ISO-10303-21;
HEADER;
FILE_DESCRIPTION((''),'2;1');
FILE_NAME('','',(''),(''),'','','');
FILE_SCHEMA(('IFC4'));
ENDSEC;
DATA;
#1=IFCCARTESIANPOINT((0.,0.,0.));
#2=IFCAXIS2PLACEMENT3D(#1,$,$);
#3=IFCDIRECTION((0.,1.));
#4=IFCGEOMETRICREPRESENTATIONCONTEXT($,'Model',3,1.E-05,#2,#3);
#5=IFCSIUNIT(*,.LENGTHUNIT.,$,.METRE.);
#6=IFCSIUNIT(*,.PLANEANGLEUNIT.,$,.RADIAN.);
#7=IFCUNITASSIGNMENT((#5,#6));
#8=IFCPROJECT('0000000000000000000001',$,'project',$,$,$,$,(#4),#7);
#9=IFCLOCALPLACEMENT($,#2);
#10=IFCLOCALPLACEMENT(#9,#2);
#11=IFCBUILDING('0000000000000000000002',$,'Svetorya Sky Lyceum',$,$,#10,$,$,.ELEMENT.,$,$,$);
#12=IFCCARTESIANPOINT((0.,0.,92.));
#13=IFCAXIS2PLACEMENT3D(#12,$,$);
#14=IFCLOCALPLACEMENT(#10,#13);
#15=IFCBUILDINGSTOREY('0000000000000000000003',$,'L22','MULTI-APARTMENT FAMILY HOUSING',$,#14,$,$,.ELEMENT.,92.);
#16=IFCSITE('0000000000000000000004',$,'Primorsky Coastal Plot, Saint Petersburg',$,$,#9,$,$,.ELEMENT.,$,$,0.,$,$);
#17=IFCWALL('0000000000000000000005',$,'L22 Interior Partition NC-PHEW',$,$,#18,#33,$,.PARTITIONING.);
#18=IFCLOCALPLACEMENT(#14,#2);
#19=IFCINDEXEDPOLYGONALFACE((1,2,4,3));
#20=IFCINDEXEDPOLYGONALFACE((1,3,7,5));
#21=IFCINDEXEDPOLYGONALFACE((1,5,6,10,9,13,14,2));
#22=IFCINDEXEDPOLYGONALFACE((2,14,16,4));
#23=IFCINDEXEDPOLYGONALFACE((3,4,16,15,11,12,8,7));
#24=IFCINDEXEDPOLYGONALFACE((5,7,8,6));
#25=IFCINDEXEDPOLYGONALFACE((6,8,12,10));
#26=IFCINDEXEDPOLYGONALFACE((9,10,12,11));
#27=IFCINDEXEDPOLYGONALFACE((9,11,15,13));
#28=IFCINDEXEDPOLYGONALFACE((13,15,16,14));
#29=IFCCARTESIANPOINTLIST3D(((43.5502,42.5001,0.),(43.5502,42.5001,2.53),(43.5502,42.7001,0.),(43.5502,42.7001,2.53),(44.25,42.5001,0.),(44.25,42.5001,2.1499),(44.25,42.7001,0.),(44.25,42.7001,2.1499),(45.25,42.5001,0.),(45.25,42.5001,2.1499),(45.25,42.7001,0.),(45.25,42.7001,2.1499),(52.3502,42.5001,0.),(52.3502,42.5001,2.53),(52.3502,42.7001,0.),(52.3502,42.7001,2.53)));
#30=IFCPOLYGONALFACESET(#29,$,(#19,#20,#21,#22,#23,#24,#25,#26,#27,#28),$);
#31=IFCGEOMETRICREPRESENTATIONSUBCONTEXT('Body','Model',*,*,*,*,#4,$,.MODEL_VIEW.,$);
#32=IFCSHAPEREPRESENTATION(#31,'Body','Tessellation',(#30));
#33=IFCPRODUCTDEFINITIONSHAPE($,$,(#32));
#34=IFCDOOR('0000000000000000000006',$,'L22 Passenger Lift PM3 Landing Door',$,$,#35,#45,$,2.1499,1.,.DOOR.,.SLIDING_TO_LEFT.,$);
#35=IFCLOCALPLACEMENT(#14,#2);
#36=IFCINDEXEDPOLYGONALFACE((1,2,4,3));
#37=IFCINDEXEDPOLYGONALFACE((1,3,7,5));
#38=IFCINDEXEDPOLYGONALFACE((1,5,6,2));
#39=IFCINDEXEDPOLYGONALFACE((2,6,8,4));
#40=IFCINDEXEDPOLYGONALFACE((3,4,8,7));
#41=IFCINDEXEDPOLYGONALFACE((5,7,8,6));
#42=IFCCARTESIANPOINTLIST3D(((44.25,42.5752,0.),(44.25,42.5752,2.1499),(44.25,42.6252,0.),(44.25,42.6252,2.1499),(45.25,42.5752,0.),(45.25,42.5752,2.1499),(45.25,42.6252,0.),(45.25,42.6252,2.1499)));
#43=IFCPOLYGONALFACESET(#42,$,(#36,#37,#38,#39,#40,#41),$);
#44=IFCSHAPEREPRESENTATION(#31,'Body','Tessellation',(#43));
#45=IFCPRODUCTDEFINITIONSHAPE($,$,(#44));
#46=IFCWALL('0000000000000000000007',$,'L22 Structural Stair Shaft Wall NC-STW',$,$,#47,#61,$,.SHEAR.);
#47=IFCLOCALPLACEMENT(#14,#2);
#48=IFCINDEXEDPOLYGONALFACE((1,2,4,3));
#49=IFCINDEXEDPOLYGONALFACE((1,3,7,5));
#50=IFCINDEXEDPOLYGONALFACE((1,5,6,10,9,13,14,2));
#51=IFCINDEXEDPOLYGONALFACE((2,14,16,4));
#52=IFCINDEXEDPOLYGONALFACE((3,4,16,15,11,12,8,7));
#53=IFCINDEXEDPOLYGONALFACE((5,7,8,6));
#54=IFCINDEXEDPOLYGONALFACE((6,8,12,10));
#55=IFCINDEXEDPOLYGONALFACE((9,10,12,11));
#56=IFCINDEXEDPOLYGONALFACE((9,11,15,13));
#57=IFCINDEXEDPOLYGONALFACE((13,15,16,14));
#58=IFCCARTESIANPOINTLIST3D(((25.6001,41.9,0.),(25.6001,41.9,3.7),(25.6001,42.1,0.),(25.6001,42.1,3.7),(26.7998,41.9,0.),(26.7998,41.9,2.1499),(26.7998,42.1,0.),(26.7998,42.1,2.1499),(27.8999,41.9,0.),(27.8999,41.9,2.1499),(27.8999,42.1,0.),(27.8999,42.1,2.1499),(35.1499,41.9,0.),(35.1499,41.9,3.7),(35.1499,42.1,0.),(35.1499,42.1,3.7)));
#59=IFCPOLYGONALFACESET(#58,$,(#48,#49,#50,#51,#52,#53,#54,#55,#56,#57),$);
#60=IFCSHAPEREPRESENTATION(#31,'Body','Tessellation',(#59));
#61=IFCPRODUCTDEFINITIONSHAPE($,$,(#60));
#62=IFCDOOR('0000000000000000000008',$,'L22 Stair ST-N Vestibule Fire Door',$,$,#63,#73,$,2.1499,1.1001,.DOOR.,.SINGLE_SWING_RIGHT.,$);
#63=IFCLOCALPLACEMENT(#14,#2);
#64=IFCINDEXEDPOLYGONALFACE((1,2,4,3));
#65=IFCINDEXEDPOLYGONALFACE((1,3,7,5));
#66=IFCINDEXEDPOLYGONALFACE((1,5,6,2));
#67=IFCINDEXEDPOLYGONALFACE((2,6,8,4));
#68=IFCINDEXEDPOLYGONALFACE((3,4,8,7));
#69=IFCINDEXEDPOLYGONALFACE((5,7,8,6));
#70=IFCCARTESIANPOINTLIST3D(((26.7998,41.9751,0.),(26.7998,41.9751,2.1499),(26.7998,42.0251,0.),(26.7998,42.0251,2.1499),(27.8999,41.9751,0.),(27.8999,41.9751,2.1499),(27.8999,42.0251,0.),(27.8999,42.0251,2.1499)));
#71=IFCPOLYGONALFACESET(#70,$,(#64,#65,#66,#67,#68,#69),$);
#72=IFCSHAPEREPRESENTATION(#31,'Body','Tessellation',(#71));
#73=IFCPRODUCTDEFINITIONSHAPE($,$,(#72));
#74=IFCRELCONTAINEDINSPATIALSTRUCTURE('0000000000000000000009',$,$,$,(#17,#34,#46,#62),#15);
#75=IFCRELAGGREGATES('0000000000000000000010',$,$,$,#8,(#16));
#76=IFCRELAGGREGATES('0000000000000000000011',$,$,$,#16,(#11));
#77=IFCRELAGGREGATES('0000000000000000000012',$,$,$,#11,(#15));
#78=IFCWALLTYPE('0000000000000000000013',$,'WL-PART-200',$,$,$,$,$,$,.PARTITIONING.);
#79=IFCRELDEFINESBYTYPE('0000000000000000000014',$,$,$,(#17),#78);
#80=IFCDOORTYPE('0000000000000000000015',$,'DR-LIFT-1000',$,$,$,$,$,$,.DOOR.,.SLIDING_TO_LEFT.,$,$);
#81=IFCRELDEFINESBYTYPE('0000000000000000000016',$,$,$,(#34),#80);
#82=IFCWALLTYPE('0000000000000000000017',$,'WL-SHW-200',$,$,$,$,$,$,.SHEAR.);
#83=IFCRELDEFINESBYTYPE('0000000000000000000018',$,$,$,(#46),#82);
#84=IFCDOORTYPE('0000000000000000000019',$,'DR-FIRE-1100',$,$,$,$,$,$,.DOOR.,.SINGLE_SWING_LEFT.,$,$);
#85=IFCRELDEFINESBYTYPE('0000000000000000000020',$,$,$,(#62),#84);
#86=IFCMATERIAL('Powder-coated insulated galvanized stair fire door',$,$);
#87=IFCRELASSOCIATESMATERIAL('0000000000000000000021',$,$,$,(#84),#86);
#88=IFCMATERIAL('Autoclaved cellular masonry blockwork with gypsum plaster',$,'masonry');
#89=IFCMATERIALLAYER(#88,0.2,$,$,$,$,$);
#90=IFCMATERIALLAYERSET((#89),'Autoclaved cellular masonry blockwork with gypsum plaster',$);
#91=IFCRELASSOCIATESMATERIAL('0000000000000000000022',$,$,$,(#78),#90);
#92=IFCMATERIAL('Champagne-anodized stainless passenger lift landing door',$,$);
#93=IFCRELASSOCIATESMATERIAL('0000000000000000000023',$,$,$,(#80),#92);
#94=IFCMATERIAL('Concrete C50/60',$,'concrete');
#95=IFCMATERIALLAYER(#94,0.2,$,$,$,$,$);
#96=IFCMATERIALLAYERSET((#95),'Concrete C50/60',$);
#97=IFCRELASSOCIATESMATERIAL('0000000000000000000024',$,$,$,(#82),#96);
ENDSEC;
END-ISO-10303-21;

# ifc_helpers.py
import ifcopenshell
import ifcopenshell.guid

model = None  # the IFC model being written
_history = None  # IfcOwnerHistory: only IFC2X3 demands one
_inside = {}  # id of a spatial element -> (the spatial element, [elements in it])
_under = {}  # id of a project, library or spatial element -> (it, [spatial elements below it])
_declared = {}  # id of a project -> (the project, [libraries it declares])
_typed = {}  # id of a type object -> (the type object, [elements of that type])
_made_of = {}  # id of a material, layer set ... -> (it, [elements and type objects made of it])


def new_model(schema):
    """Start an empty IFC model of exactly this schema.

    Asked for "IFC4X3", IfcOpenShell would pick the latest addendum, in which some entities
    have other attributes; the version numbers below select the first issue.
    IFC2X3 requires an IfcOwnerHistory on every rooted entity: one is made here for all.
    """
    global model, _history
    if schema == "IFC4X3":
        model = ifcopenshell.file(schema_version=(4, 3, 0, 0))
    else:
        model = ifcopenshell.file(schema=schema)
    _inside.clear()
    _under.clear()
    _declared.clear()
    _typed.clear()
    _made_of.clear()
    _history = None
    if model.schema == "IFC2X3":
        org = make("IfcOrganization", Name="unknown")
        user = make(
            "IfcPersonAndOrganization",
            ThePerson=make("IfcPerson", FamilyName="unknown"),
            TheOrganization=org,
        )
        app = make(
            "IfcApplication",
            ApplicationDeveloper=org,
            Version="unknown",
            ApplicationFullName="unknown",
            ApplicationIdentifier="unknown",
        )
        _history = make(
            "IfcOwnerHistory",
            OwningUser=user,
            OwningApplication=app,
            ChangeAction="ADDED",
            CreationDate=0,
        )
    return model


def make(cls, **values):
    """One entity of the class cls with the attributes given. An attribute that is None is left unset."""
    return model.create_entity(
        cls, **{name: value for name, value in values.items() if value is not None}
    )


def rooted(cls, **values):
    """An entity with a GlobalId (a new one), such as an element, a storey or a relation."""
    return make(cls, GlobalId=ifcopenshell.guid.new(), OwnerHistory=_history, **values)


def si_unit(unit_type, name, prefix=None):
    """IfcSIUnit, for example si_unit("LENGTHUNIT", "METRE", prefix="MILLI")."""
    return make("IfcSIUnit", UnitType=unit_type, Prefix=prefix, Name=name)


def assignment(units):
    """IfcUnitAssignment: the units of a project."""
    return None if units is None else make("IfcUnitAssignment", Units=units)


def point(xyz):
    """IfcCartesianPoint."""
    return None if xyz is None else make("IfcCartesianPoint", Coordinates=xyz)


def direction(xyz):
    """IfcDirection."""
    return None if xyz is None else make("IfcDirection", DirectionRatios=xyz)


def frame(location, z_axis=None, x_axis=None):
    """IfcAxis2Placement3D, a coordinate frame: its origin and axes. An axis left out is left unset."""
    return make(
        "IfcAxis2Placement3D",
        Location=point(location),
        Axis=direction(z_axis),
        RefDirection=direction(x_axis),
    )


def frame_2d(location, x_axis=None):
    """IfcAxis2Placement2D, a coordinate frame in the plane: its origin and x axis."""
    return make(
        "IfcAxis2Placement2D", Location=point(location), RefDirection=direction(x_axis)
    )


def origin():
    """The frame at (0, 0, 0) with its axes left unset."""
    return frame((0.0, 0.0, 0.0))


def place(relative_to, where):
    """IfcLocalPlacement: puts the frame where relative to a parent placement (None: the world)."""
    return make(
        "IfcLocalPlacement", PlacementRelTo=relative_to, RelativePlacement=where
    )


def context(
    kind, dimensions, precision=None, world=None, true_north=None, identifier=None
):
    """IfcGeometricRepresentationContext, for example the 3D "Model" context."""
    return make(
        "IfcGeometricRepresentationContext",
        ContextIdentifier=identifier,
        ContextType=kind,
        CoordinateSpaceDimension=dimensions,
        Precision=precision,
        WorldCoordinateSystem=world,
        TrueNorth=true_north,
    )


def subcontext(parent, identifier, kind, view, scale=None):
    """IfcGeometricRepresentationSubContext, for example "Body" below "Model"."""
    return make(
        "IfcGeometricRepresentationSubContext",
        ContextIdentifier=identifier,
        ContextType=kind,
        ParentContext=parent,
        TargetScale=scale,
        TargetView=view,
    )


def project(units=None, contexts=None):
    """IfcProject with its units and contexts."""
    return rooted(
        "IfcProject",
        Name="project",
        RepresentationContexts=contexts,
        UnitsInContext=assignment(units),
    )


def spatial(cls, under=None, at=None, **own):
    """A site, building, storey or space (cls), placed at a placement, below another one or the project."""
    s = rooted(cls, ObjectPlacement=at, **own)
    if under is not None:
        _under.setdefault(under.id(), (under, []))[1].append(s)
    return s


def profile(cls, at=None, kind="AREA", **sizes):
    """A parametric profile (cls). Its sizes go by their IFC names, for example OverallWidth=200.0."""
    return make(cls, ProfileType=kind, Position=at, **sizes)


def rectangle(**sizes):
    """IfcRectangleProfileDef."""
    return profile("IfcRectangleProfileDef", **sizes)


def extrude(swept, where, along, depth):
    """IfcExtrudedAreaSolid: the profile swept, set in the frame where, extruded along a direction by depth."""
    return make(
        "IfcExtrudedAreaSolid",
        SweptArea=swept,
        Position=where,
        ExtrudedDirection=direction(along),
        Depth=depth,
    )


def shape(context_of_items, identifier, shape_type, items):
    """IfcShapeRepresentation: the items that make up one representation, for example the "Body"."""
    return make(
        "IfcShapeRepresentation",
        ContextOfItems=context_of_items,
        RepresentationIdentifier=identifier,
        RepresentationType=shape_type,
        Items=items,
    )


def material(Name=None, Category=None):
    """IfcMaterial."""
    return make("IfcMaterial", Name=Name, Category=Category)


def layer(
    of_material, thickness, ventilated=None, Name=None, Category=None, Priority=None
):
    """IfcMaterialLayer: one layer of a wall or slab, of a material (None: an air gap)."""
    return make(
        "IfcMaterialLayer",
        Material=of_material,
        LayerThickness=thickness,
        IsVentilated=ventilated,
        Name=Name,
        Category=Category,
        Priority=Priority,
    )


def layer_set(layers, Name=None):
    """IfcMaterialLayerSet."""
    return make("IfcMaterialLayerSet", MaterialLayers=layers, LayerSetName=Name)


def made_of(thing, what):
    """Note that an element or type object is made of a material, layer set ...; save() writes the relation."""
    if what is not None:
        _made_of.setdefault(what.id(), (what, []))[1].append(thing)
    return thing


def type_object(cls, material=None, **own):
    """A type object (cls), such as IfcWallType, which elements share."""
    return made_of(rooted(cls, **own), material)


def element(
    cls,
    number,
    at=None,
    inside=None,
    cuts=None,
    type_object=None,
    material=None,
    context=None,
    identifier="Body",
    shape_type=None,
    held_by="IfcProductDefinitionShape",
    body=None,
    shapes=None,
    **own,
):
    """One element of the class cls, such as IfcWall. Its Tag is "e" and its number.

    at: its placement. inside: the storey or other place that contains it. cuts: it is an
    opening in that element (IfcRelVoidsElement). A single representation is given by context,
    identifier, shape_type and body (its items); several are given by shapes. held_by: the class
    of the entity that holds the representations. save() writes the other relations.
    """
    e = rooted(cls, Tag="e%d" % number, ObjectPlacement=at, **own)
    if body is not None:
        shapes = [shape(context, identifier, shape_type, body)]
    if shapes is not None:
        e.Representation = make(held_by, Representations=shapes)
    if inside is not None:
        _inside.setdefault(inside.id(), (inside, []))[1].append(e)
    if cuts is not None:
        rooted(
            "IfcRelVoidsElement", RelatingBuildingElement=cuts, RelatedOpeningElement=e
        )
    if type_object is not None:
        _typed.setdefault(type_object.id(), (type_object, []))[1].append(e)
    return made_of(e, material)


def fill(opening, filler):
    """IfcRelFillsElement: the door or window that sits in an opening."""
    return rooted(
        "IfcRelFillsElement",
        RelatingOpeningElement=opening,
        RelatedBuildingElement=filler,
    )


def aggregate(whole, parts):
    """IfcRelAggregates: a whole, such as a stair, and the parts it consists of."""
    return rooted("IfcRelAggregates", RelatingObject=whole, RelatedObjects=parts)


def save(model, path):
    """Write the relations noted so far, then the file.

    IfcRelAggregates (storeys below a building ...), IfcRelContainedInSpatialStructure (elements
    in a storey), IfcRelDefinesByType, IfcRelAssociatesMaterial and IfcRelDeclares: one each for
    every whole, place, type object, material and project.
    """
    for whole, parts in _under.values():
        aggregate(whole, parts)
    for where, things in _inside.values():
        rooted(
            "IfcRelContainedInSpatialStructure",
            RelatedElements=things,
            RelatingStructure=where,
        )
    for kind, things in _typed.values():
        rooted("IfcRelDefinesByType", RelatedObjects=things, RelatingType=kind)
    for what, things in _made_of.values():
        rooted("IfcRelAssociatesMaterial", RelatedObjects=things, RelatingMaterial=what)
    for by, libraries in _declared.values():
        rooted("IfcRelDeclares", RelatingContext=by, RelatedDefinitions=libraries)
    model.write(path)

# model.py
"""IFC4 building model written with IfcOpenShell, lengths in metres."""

from ifc_helpers import new_model, si_unit, direction, frame, frame_2d, origin, place, context, subcontext, project, spatial, rectangle, extrude, material, layer, layer_set, type_object, element, fill, save


model = new_model("IFC4")

# Units and contexts
model_context = context("Model", 3, precision=1e-05, world=origin(), true_north=direction((0.0, 1.0)))
body_context = subcontext(model_context, "Body", "Model", "MODEL_VIEW")
ifc_project = project(units=[si_unit("LENGTHUNIT", "METRE"), si_unit("PLANEANGLEUNIT", "RADIAN")], contexts=[model_context])

# Site, building, storey
site_placement = place(None, origin())
site = spatial("IfcSite", under=ifc_project, at=site_placement, Name="Primorsky Coastal Plot, Saint Petersburg", CompositionType="ELEMENT", RefElevation=0.0)
building_placement = place(site_placement, origin())
building = spatial("IfcBuilding", under=site, at=building_placement, Name="Svetorya Sky Lyceum", CompositionType="ELEMENT")
storey_placement = place(building_placement, frame((0.0, 0.0, 92.0)))
storey = spatial("IfcBuildingStorey", under=building, at=storey_placement, Name="L22", Description="MULTI-APARTMENT FAMILY HOUSING", CompositionType="ELEMENT", Elevation=92.0)

# Shared definitions
ifc_material_1 = material(Name="Concrete C50/60", Category="concrete")

# Shared definitions
ifc_material_2 = material(Name="Powder-coated insulated galvanized stair fire door")
door_type_1 = type_object("IfcDoorType", Name="DR-FIRE-1100", OperationType="SINGLE_SWING_LEFT", PredefinedType="DOOR", material=ifc_material_2)

# Shared definitions
ifc_material_3 = material(Name="Autoclaved cellular masonry blockwork with gypsum plaster", Category="masonry")
ifc_layer_1 = layer(ifc_material_3, 0.2)
ifc_layer_set_1 = layer_set([ifc_layer_1], Name="Autoclaved cellular masonry blockwork with gypsum plaster")
wall_type_1 = type_object("IfcWallType", Name="WL-PART-200", PredefinedType="PARTITIONING", material=ifc_layer_set_1)

# Shared definitions
ifc_material_4 = material(Name="Champagne-anodized stainless passenger lift landing door")
door_type_2 = type_object("IfcDoorType", Name="DR-LIFT-1000", OperationType="SLIDING_TO_LEFT", PredefinedType="DOOR", material=ifc_material_4)

# Walls, openings, doors
wall_1_placement = place(storey_placement, frame((52.3501, 42.6001, 0.0), z_axis=(0.0, 0.0, 1.0), x_axis=(-1.0, 0.0, 0.0)))
wall_1 = element("IfcWall", 1, at=wall_1_placement, inside=storey, type_object=wall_type_1, Name="L22 Interior Partition NC-PHEW", PredefinedType="PARTITIONING", context=body_context, shape_type="SweptSolid", body=[
    extrude(rectangle(XDim=8.8, YDim=0.2, at=frame_2d((4.3999, 0.0))), origin(), (0.0, 0.0, 1.0), 2.53),
])
opening_1_placement = place(wall_1_placement, frame((7.1001, 0.0, 0.0)))
opening_1 = element("IfcOpeningElement", 2, at=opening_1_placement, cuts=wall_1, PredefinedType="OPENING", context=body_context, shape_type="SweptSolid", body=[
    extrude(rectangle(XDim=1.0, YDim=2.1499, at=frame_2d((0.5, 1.075))), frame((0.0, 0.1099, 0.0), z_axis=(0.0, -1.0, 0.0), x_axis=(1.0, 0.0, 0.0)), (0.0, 0.0, 1.0), 0.22),
])
door_1_placement = place(opening_1_placement, origin())
door_1 = element("IfcDoor", 3, at=door_1_placement, inside=storey, type_object=door_type_2, Name="L22 Passenger Lift PM3 Landing Door", OperationType="SLIDING_TO_LEFT", OverallHeight=2.1499, OverallWidth=1.0, PredefinedType="DOOR", context=body_context, shape_type="SweptSolid", body=[
    extrude(rectangle(XDim=1.0, YDim=2.1499, at=frame_2d((0.5, 1.075))), frame((0.0, 0.0249, 0.0), z_axis=(0.0, -1.0, 0.0), x_axis=(1.0, 0.0, 0.0)), (0.0, 0.0, 1.0), 0.05),
])
fill(opening_1, door_1)
ifc_layer_2 = layer(ifc_material_1, 0.2)
ifc_layer_set_2 = layer_set([ifc_layer_2], Name="Concrete C50/60")
wall_type_2 = type_object("IfcWallType", Name="WL-SHW-200", PredefinedType="SHEAR", material=ifc_layer_set_2)
wall_2_placement = place(storey_placement, frame((35.1499, 42.0, 0.0), z_axis=(0.0, 0.0, 1.0), x_axis=(-1.0, 0.0, 0.0)))
wall_2 = element("IfcWall", 4, at=wall_2_placement, inside=storey, type_object=wall_type_2, Name="L22 Structural Stair Shaft Wall NC-STW", PredefinedType="SHEAR", context=body_context, shape_type="SweptSolid", body=[
    extrude(rectangle(XDim=9.5498, YDim=0.2, at=frame_2d((4.7749, 0.0))), origin(), (0.0, 0.0, 1.0), 3.7),
])
opening_2_placement = place(wall_2_placement, frame((7.25, 0.0, 0.0)))
opening_2 = element("IfcOpeningElement", 5, at=opening_2_placement, cuts=wall_2, PredefinedType="OPENING", context=body_context, shape_type="SweptSolid", body=[
    extrude(rectangle(XDim=1.1001, YDim=2.1499, at=frame_2d((0.55, 1.075))), frame((0.0, 0.1099, 0.0), z_axis=(0.0, -1.0, 0.0), x_axis=(1.0, 0.0, 0.0)), (0.0, 0.0, 1.0), 0.22),
])
door_2_placement = place(opening_2_placement, origin())
door_2 = element("IfcDoor", 6, at=door_2_placement, inside=storey, type_object=door_type_1, Name="L22 Stair ST-N Vestibule Fire Door", OperationType="SINGLE_SWING_RIGHT", OverallHeight=2.1499, OverallWidth=1.1001, PredefinedType="DOOR", context=body_context, shape_type="SweptSolid", body=[
    extrude(rectangle(XDim=1.1001, YDim=2.1499, at=frame_2d((0.55, 1.075))), frame((0.0, 0.0249, 0.0), z_axis=(0.0, -1.0, 0.0), x_axis=(1.0, 0.0, 0.0)), (0.0, 0.0, 1.0), 0.05),
])
fill(opening_2, door_2)

save(model, "model.ifc")
